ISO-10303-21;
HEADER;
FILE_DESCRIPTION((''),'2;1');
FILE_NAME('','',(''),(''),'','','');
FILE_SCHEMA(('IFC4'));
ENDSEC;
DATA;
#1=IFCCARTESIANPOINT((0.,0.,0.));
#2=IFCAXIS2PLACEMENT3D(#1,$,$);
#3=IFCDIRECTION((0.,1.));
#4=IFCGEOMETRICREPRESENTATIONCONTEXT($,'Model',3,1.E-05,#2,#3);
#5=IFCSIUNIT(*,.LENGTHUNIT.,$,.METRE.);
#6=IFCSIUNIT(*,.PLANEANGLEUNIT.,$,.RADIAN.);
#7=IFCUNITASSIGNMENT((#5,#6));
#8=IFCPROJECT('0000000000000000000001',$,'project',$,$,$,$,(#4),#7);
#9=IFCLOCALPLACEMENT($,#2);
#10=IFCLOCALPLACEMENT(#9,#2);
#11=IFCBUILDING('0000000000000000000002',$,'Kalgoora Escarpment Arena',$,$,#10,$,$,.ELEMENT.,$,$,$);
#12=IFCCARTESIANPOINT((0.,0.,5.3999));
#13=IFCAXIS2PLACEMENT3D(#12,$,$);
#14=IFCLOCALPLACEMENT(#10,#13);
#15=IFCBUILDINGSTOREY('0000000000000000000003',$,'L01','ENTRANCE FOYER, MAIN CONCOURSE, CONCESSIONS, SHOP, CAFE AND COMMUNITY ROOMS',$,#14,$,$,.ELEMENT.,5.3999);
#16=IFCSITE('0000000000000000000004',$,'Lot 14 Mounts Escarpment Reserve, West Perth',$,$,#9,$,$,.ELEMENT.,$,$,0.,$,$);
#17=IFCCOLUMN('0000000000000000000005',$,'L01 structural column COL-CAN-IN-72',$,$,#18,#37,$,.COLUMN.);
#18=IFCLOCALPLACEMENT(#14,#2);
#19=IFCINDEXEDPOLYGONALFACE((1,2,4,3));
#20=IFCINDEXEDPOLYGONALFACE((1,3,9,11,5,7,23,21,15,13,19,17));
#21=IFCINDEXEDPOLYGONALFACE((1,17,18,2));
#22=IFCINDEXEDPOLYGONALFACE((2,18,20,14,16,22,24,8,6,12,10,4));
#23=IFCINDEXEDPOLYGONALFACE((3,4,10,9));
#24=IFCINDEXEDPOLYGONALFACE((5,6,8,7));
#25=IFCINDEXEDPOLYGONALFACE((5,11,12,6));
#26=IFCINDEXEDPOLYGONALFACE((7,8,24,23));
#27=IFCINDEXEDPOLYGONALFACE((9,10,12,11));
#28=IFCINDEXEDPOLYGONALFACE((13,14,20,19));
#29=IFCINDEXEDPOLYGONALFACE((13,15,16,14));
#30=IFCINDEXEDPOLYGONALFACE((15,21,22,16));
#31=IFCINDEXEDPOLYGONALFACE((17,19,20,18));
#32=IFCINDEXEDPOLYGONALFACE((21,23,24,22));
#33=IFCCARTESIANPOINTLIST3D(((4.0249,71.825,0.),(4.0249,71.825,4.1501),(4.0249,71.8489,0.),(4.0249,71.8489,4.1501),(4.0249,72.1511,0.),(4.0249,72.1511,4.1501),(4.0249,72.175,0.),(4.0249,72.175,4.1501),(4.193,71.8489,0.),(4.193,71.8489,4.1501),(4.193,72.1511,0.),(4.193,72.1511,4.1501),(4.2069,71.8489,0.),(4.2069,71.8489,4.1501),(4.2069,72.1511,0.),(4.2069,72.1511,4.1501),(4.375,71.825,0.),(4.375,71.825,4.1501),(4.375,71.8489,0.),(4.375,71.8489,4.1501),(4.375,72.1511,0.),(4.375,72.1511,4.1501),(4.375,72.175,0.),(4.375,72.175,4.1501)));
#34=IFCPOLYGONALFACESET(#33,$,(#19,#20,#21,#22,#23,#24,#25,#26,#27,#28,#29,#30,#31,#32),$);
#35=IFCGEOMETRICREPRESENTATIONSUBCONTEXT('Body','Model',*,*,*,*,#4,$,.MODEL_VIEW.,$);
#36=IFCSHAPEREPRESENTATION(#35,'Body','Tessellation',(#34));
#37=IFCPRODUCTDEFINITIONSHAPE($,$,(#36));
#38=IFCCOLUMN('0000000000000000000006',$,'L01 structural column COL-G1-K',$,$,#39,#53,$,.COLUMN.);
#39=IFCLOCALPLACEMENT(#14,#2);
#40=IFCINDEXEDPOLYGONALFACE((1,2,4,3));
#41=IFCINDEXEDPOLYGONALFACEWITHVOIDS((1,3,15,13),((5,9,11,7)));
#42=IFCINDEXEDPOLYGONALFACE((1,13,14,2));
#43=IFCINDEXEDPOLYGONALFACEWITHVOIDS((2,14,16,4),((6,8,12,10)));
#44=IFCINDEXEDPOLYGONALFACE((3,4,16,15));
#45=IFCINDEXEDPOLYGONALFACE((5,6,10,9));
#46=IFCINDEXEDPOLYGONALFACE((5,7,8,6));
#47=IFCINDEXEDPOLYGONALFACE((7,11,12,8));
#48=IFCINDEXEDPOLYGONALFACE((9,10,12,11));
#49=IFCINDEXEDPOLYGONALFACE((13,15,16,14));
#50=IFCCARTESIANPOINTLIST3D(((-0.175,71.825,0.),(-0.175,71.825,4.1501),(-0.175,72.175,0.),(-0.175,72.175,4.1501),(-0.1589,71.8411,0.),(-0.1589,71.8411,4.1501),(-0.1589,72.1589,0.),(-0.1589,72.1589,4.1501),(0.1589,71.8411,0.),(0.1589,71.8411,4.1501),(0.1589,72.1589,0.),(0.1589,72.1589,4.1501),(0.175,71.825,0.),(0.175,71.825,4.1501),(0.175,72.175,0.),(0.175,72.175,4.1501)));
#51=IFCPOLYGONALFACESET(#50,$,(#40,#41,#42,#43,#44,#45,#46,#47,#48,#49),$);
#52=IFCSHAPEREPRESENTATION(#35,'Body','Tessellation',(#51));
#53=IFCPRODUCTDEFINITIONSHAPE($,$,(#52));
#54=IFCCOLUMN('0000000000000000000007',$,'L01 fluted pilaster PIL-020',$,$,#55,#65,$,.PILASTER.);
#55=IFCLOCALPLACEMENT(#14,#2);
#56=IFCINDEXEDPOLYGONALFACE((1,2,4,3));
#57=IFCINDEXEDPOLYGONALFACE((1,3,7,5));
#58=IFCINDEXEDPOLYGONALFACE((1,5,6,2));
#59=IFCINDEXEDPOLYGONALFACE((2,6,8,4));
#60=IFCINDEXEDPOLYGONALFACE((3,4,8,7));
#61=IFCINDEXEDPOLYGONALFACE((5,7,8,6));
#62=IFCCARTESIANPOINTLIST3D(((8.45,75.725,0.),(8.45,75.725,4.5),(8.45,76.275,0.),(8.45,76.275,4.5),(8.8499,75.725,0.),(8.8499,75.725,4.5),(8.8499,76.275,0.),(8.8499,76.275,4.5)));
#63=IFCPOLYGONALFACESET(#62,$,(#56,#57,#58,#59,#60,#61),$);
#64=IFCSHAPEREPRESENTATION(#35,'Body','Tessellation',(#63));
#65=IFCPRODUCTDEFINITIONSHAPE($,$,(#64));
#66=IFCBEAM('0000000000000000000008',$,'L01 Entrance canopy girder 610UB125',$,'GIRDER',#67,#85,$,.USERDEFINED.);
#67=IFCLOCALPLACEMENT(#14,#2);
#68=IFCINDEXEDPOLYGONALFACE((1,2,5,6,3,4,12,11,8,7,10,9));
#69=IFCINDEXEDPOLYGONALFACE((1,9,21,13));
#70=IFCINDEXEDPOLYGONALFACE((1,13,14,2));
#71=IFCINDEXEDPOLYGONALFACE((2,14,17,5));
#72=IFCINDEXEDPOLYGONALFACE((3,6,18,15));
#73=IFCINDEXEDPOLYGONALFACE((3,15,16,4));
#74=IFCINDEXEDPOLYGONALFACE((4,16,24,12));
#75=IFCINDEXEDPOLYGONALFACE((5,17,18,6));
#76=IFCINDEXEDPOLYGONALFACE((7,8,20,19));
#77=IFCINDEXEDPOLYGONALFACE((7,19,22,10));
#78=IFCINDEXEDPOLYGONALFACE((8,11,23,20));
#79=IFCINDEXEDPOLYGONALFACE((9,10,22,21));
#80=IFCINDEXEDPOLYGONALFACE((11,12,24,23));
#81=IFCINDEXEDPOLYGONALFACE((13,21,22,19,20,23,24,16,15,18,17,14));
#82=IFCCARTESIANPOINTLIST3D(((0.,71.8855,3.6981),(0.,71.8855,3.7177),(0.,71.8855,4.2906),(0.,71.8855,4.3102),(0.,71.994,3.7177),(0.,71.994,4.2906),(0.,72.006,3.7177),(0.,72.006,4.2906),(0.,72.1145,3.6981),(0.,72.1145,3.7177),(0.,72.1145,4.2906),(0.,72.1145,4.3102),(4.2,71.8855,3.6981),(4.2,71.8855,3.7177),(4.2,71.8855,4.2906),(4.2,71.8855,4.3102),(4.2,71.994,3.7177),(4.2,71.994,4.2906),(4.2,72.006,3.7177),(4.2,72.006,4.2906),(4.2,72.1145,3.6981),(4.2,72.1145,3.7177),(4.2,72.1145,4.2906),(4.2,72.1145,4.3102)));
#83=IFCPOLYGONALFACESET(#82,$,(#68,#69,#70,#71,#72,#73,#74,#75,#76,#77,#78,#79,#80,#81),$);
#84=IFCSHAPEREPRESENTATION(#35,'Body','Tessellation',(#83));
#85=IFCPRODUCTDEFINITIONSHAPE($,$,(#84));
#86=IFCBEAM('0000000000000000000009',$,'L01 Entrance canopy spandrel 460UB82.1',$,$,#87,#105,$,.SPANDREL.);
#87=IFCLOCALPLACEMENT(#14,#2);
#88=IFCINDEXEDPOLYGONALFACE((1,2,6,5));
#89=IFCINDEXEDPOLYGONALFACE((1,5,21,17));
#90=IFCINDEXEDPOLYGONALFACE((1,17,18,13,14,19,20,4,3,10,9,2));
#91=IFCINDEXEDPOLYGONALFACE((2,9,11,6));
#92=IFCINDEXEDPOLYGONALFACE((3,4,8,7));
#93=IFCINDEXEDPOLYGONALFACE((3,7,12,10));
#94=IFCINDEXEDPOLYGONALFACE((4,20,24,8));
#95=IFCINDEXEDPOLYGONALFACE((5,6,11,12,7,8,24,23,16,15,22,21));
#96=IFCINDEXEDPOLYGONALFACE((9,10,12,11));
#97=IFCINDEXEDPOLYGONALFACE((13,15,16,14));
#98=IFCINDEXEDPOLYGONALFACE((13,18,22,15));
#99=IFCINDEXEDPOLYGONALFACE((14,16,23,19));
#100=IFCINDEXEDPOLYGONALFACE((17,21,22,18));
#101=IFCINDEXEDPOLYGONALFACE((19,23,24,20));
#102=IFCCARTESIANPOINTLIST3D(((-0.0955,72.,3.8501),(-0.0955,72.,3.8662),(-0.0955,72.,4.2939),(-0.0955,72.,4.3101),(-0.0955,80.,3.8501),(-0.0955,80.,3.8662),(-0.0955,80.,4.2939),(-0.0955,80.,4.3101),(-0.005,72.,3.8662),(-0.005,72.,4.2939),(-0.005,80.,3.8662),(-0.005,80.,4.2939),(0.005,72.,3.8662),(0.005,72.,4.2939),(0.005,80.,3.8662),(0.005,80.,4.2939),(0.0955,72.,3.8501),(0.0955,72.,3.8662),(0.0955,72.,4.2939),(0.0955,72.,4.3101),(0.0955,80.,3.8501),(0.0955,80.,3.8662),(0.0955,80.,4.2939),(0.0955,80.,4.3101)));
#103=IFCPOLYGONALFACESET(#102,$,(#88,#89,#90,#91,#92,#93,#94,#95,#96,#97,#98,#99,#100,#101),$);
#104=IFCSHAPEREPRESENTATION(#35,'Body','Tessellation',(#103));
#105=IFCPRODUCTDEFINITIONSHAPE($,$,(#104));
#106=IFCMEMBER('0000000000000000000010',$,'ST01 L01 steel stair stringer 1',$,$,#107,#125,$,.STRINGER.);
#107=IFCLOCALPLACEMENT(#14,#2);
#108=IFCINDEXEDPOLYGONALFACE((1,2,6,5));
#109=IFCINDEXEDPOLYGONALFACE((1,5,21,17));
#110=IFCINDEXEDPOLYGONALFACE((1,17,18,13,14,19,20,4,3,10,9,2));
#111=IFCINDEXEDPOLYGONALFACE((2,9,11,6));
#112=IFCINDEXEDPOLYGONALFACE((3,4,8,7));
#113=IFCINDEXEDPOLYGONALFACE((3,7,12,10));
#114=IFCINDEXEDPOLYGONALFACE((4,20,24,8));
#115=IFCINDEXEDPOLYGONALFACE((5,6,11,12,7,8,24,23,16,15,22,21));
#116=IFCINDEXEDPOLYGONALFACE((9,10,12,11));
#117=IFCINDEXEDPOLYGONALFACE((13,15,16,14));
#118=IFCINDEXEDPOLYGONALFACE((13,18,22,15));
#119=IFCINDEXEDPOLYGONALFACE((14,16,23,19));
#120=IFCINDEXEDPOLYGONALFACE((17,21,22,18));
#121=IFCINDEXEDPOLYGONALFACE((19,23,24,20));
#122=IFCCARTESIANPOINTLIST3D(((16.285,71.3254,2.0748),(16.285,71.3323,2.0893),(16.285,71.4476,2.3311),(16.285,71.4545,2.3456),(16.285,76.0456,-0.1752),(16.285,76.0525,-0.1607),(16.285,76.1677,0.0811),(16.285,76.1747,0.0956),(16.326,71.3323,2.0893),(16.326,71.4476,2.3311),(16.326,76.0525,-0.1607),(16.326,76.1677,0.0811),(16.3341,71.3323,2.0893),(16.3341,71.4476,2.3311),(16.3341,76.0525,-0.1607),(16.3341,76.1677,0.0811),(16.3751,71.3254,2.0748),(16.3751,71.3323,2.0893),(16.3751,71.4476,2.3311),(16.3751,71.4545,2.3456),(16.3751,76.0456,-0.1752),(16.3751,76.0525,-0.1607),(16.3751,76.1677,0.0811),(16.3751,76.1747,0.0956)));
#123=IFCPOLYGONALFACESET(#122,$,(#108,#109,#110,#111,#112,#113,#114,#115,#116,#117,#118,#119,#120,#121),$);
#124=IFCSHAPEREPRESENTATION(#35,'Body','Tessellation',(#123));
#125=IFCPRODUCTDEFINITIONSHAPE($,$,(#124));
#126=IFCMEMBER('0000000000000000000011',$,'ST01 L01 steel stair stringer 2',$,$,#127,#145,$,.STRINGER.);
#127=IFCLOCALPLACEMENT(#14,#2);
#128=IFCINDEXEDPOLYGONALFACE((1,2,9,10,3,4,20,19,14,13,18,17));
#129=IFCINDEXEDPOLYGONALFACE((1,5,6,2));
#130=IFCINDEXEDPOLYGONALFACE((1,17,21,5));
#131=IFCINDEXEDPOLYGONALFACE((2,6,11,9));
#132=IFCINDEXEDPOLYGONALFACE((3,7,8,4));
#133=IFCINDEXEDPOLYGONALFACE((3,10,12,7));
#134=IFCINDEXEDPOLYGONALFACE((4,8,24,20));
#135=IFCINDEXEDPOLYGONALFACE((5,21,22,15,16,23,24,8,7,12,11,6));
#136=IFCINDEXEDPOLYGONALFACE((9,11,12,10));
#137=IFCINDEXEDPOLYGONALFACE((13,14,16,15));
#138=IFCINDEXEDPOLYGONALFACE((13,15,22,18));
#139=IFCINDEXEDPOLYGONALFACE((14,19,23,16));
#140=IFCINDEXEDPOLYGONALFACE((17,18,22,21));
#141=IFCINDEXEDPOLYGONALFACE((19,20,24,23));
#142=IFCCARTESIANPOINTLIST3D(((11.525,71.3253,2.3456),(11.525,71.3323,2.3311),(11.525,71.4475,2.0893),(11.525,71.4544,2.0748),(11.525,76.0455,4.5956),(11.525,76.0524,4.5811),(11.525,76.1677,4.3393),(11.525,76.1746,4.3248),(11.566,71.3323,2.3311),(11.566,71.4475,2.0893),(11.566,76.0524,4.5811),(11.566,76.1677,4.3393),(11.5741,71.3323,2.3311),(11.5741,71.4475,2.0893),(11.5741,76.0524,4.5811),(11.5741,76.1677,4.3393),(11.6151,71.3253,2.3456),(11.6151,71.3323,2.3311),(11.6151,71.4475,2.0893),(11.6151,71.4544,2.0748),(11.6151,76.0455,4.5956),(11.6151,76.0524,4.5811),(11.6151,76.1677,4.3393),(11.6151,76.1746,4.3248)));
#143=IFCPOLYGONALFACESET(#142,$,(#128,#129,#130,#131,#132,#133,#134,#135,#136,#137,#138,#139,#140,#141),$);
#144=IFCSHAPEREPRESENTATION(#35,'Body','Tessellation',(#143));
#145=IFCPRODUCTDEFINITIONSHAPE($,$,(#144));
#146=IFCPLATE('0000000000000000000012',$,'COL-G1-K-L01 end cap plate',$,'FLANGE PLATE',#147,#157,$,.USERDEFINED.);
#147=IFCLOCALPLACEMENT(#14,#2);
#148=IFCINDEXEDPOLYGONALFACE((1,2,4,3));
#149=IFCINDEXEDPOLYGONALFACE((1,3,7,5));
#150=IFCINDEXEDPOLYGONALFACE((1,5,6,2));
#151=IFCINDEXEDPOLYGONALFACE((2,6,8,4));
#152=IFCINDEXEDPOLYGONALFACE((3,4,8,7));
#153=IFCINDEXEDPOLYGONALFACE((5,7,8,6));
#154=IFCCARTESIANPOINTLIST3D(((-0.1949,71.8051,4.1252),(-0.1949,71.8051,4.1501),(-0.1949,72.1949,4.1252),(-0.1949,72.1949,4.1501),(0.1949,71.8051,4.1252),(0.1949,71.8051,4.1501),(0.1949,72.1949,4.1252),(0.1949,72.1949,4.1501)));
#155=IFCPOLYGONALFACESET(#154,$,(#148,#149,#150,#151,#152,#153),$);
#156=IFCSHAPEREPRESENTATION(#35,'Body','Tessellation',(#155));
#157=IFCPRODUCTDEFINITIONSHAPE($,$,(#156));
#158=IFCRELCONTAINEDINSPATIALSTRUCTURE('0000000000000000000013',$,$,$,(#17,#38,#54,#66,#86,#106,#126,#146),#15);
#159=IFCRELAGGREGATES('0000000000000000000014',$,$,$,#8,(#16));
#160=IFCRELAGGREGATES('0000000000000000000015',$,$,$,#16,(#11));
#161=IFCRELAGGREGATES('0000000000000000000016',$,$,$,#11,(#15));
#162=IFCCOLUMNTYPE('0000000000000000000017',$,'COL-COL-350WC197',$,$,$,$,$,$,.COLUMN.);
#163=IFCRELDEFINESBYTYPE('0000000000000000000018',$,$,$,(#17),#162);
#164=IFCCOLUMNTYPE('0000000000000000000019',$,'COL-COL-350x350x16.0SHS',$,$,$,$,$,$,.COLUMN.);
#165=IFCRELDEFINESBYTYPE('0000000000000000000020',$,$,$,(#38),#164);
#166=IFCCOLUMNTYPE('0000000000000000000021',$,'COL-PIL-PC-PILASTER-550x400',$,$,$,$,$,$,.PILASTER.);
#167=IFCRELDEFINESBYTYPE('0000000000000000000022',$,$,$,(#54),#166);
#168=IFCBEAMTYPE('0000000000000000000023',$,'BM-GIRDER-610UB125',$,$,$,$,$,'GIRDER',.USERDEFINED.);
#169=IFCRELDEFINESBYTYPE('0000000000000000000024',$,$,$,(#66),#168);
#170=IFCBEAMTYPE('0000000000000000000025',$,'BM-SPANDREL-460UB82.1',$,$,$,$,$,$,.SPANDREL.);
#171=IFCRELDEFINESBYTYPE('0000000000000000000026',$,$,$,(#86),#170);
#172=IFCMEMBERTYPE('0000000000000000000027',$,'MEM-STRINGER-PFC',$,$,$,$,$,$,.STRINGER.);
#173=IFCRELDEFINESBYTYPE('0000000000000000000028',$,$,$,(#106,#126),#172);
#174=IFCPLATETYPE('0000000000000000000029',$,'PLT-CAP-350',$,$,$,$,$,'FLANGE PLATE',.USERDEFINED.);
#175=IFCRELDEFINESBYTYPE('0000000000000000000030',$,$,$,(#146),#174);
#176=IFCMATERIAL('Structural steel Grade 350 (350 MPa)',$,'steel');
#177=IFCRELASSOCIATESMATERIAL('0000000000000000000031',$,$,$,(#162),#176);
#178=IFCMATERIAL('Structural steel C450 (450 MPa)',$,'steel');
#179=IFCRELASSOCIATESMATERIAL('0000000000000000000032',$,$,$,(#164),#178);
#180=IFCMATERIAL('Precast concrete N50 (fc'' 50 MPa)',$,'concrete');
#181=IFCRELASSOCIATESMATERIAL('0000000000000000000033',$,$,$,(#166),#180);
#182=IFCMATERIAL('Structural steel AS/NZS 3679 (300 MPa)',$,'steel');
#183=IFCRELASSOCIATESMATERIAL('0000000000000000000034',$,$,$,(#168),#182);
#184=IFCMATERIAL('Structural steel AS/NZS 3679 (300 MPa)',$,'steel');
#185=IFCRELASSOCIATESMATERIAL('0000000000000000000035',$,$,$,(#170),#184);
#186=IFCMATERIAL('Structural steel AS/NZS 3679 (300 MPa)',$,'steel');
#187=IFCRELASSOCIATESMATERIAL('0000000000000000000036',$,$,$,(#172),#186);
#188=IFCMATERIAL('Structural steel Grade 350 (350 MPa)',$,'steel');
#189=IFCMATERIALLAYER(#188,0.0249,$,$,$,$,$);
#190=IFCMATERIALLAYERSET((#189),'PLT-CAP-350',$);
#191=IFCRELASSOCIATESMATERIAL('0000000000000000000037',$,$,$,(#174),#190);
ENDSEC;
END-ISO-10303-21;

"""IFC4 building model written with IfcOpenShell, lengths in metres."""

from ifc_helpers import new_model, si_unit, direction, frame, origin, origin_2d, place, context, subcontext, project, spatial, rectangle, hollow_rectangle, i_section, extrude, material, layer, layer_set, material_profile, profile_set, type_object, element, save


model = new_model("IFC4")

# Units and contexts
model_context = context("Model", 3, precision=1e-05, world=origin(), true_north=direction((0.0, 1.0)))
body_context = subcontext(model_context, "Body", "Model", "MODEL_VIEW")
ifc_project = project(units=[si_unit("LENGTHUNIT", "METRE"), si_unit("PLANEANGLEUNIT", "RADIAN")], contexts=[model_context])

# Site, building, storey
site_placement = place(None, origin())
site = spatial("IfcSite", under=ifc_project, at=site_placement, Name="Lot 14 Mounts Escarpment Reserve, West Perth", CompositionType="ELEMENT", RefElevation=0.0)
building_placement = place(site_placement, origin())
building = spatial("IfcBuilding", under=site, at=building_placement, Name="Kalgoora Escarpment Arena", CompositionType="ELEMENT")
storey_placement = place(building_placement, frame((0.0, 0.0, 5.3999)))
storey = spatial("IfcBuildingStorey", under=building, at=storey_placement, Name="L01", Description="ENTRANCE FOYER, MAIN CONCOURSE, CONCESSIONS, SHOP, CAFE AND COMMUNITY ROOMS", CompositionType="ELEMENT", Elevation=5.3999)

# Columns
ifc_material_1 = material(Name="Structural steel Grade 350 (350 MPa)", Category="steel")
ifc_material_profile_1 = material_profile(ifc_material_1, i_section(OverallWidth=0.3501, OverallDepth=0.3501, WebThickness=0.0139, FlangeThickness=0.0239, at=origin_2d()))
ifc_profile_set_1 = profile_set([ifc_material_profile_1], Name="Structural steel Grade 350 (350 MPa)")
column_type_1 = type_object("IfcColumnType", Name="COL-COL-350WC197", PredefinedType="COLUMN", material=ifc_profile_set_1)
column_1_placement = place(storey_placement, frame((4.2, 72.0, 0.0), z_axis=(0.0, 0.0, 1.0), x_axis=(1.0, 0.0, 0.0)))
element("IfcColumn", 1, at=column_1_placement, inside=storey, type_object=column_type_1, Name="L01 structural column COL-CAN-IN-72", PredefinedType="COLUMN", context=body_context, shape_type="SweptSolid", body=[
    extrude(i_section(OverallWidth=0.3501, OverallDepth=0.3501, WebThickness=0.0139, FlangeThickness=0.0239, at=origin_2d()), origin(), (0.0, 0.0, 1.0), 4.1501),
])
ifc_material_2 = material(Name="Structural steel C450 (450 MPa)", Category="steel")
ifc_material_profile_2 = material_profile(ifc_material_2, hollow_rectangle(XDim=0.3501, YDim=0.3501, WallThickness=0.0161, at=origin_2d()))
ifc_profile_set_2 = profile_set([ifc_material_profile_2], Name="Structural steel C450 (450 MPa)")
column_type_2 = type_object("IfcColumnType", Name="COL-COL-350x350x16.0SHS", PredefinedType="COLUMN", material=ifc_profile_set_2)
column_2_placement = place(storey_placement, frame((0.0, 72.0, 0.0), z_axis=(0.0, 0.0, 1.0), x_axis=(1.0, 0.0, 0.0)))
element("IfcColumn", 2, at=column_2_placement, inside=storey, type_object=column_type_2, Name="L01 structural column COL-G1-K", PredefinedType="COLUMN", context=body_context, shape_type="SweptSolid", body=[
    extrude(hollow_rectangle(XDim=0.3501, YDim=0.3501, WallThickness=0.0161, at=origin_2d()), origin(), (0.0, 0.0, 1.0), 4.1501),
])
ifc_material_3 = material(Name="Precast concrete N50 (fc' 50 MPa)", Category="concrete")
ifc_material_profile_3 = material_profile(ifc_material_3, rectangle(XDim=0.3999, YDim=0.55, at=origin_2d()))
ifc_profile_set_3 = profile_set([ifc_material_profile_3], Name="Precast concrete N50 (fc' 50 MPa)")
column_type_3 = type_object("IfcColumnType", Name="COL-PIL-PC-PILASTER-550x400", PredefinedType="PILASTER", material=ifc_profile_set_3)
column_3_placement = place(storey_placement, frame((8.6499, 76.0, 0.0), z_axis=(0.0, 0.0, 1.0), x_axis=(1.0, 0.0, 0.0)))
element("IfcColumn", 3, at=column_3_placement, inside=storey, type_object=column_type_3, Name="L01 fluted pilaster PIL-020", PredefinedType="PILASTER", context=body_context, shape_type="SweptSolid", body=[
    extrude(rectangle(XDim=0.3999, YDim=0.55, at=origin_2d()), origin(), (0.0, 0.0, 1.0), 4.5),
])

# Beams
ifc_material_4 = material(Name="Structural steel AS/NZS 3679 (300 MPa)", Category="steel")
ifc_material_profile_4 = material_profile(ifc_material_4, i_section(OverallWidth=0.229, OverallDepth=0.6121, WebThickness=0.012, FlangeThickness=0.0195, at=origin_2d()))
ifc_profile_set_4 = profile_set([ifc_material_profile_4], Name="Structural steel AS/NZS 3679 (300 MPa)")
beam_type_1 = type_object("IfcBeamType", Name="BM-GIRDER-610UB125", ElementType="GIRDER", PredefinedType="USERDEFINED", material=ifc_profile_set_4)
beam_1_placement = place(storey_placement, frame((0.0, 72.0, 4.0042), z_axis=(1.0, 0.0, 0.0), x_axis=(0.0, 1.0, 0.0)))
element("IfcBeam", 4, at=beam_1_placement, inside=storey, type_object=beam_type_1, Name="L01 Entrance canopy girder 610UB125", ObjectType="GIRDER", PredefinedType="USERDEFINED", context=body_context, shape_type="SweptSolid", body=[
    extrude(i_section(OverallWidth=0.229, OverallDepth=0.6121, WebThickness=0.012, FlangeThickness=0.0195, at=origin_2d()), origin(), (0.0, 0.0, 1.0), 4.2),
])
ifc_material_5 = material(Name="Structural steel AS/NZS 3679 (300 MPa)", Category="steel")
ifc_material_profile_5 = material_profile(ifc_material_5, i_section(OverallWidth=0.1909, OverallDepth=0.46, WebThickness=0.01, FlangeThickness=0.0161, at=origin_2d()))
ifc_profile_set_5 = profile_set([ifc_material_profile_5], Name="Structural steel AS/NZS 3679 (300 MPa)")
beam_type_2 = type_object("IfcBeamType", Name="BM-SPANDREL-460UB82.1", PredefinedType="SPANDREL", material=ifc_profile_set_5)
beam_2_placement = place(storey_placement, frame((0.0, 72.0, 4.0801), z_axis=(0.0, 1.0, 0.0), x_axis=(-1.0, 0.0, 0.0)))
element("IfcBeam", 5, at=beam_2_placement, inside=storey, type_object=beam_type_2, Name="L01 Entrance canopy spandrel 460UB82.1", PredefinedType="SPANDREL", context=body_context, shape_type="SweptSolid", body=[
    extrude(i_section(OverallWidth=0.1909, OverallDepth=0.46, WebThickness=0.01, FlangeThickness=0.0161, at=origin_2d()), origin(), (0.0, 0.0, 1.0), 8.0),
])

# Members
ifc_material_6 = material(Name="Structural steel AS/NZS 3679 (300 MPa)", Category="steel")
ifc_material_profile_6 = material_profile(ifc_material_6, i_section(OverallWidth=0.0901, OverallDepth=0.3, WebThickness=0.0081, FlangeThickness=0.0161, at=origin_2d()))
ifc_profile_set_6 = profile_set([ifc_material_profile_6], Name="Structural steel AS/NZS 3679 (300 MPa)")
member_type = type_object("IfcMemberType", Name="MEM-STRINGER-PFC", PredefinedType="STRINGER", material=ifc_profile_set_6)
for number, where, z_axis, x_axis, name in (
    (6, (16.3301, 76.1101, -0.0398), (0.0, -0.902691, 0.430289), (1.0, 0.0, 0.0), "ST01 L01 steel stair stringer 1"),
    (7, (11.5701, 71.3899, 2.2102), (0.0, 0.902691, 0.430289), (-1.0, 0.0, 0.0), "ST01 L01 steel stair stringer 2"),
):
    element("IfcMember", number, at=place(storey_placement, frame(where, z_axis=z_axis, x_axis=x_axis)), inside=storey, type_object=member_type, Name=name, PredefinedType="STRINGER", context=body_context, shape_type="SweptSolid", body=[
        extrude(i_section(OverallWidth=0.0901, OverallDepth=0.3, WebThickness=0.0081, FlangeThickness=0.0161, at=origin_2d()), origin(), (0.0, 0.0, 1.0), 5.229),
    ])

# Plate
ifc_material_7 = material(Name="Structural steel Grade 350 (350 MPa)", Category="steel")
ifc_layer_1 = layer(ifc_material_7, 0.0249)
ifc_layer_set_1 = layer_set([ifc_layer_1], Name="PLT-CAP-350")
plate_type = type_object("IfcPlateType", Name="PLT-CAP-350", ElementType="FLANGE PLATE", PredefinedType="USERDEFINED", material=ifc_layer_set_1)
plate_placement = place(storey_placement, frame((0.0, 72.0, 4.1252), z_axis=(0.0, 0.0, 1.0), x_axis=(1.0, 0.0, 0.0)))
element("IfcPlate", 8, at=plate_placement, inside=storey, type_object=plate_type, Name="COL-G1-K-L01 end cap plate", ObjectType="FLANGE PLATE", PredefinedType="USERDEFINED", context=body_context, shape_type="SweptSolid", body=[
    extrude(rectangle(XDim=0.3899, YDim=0.3899, at=origin_2d()), origin(), (0.0, 0.0, 1.0), 0.0249),
])

save(model, "model.ifc")
